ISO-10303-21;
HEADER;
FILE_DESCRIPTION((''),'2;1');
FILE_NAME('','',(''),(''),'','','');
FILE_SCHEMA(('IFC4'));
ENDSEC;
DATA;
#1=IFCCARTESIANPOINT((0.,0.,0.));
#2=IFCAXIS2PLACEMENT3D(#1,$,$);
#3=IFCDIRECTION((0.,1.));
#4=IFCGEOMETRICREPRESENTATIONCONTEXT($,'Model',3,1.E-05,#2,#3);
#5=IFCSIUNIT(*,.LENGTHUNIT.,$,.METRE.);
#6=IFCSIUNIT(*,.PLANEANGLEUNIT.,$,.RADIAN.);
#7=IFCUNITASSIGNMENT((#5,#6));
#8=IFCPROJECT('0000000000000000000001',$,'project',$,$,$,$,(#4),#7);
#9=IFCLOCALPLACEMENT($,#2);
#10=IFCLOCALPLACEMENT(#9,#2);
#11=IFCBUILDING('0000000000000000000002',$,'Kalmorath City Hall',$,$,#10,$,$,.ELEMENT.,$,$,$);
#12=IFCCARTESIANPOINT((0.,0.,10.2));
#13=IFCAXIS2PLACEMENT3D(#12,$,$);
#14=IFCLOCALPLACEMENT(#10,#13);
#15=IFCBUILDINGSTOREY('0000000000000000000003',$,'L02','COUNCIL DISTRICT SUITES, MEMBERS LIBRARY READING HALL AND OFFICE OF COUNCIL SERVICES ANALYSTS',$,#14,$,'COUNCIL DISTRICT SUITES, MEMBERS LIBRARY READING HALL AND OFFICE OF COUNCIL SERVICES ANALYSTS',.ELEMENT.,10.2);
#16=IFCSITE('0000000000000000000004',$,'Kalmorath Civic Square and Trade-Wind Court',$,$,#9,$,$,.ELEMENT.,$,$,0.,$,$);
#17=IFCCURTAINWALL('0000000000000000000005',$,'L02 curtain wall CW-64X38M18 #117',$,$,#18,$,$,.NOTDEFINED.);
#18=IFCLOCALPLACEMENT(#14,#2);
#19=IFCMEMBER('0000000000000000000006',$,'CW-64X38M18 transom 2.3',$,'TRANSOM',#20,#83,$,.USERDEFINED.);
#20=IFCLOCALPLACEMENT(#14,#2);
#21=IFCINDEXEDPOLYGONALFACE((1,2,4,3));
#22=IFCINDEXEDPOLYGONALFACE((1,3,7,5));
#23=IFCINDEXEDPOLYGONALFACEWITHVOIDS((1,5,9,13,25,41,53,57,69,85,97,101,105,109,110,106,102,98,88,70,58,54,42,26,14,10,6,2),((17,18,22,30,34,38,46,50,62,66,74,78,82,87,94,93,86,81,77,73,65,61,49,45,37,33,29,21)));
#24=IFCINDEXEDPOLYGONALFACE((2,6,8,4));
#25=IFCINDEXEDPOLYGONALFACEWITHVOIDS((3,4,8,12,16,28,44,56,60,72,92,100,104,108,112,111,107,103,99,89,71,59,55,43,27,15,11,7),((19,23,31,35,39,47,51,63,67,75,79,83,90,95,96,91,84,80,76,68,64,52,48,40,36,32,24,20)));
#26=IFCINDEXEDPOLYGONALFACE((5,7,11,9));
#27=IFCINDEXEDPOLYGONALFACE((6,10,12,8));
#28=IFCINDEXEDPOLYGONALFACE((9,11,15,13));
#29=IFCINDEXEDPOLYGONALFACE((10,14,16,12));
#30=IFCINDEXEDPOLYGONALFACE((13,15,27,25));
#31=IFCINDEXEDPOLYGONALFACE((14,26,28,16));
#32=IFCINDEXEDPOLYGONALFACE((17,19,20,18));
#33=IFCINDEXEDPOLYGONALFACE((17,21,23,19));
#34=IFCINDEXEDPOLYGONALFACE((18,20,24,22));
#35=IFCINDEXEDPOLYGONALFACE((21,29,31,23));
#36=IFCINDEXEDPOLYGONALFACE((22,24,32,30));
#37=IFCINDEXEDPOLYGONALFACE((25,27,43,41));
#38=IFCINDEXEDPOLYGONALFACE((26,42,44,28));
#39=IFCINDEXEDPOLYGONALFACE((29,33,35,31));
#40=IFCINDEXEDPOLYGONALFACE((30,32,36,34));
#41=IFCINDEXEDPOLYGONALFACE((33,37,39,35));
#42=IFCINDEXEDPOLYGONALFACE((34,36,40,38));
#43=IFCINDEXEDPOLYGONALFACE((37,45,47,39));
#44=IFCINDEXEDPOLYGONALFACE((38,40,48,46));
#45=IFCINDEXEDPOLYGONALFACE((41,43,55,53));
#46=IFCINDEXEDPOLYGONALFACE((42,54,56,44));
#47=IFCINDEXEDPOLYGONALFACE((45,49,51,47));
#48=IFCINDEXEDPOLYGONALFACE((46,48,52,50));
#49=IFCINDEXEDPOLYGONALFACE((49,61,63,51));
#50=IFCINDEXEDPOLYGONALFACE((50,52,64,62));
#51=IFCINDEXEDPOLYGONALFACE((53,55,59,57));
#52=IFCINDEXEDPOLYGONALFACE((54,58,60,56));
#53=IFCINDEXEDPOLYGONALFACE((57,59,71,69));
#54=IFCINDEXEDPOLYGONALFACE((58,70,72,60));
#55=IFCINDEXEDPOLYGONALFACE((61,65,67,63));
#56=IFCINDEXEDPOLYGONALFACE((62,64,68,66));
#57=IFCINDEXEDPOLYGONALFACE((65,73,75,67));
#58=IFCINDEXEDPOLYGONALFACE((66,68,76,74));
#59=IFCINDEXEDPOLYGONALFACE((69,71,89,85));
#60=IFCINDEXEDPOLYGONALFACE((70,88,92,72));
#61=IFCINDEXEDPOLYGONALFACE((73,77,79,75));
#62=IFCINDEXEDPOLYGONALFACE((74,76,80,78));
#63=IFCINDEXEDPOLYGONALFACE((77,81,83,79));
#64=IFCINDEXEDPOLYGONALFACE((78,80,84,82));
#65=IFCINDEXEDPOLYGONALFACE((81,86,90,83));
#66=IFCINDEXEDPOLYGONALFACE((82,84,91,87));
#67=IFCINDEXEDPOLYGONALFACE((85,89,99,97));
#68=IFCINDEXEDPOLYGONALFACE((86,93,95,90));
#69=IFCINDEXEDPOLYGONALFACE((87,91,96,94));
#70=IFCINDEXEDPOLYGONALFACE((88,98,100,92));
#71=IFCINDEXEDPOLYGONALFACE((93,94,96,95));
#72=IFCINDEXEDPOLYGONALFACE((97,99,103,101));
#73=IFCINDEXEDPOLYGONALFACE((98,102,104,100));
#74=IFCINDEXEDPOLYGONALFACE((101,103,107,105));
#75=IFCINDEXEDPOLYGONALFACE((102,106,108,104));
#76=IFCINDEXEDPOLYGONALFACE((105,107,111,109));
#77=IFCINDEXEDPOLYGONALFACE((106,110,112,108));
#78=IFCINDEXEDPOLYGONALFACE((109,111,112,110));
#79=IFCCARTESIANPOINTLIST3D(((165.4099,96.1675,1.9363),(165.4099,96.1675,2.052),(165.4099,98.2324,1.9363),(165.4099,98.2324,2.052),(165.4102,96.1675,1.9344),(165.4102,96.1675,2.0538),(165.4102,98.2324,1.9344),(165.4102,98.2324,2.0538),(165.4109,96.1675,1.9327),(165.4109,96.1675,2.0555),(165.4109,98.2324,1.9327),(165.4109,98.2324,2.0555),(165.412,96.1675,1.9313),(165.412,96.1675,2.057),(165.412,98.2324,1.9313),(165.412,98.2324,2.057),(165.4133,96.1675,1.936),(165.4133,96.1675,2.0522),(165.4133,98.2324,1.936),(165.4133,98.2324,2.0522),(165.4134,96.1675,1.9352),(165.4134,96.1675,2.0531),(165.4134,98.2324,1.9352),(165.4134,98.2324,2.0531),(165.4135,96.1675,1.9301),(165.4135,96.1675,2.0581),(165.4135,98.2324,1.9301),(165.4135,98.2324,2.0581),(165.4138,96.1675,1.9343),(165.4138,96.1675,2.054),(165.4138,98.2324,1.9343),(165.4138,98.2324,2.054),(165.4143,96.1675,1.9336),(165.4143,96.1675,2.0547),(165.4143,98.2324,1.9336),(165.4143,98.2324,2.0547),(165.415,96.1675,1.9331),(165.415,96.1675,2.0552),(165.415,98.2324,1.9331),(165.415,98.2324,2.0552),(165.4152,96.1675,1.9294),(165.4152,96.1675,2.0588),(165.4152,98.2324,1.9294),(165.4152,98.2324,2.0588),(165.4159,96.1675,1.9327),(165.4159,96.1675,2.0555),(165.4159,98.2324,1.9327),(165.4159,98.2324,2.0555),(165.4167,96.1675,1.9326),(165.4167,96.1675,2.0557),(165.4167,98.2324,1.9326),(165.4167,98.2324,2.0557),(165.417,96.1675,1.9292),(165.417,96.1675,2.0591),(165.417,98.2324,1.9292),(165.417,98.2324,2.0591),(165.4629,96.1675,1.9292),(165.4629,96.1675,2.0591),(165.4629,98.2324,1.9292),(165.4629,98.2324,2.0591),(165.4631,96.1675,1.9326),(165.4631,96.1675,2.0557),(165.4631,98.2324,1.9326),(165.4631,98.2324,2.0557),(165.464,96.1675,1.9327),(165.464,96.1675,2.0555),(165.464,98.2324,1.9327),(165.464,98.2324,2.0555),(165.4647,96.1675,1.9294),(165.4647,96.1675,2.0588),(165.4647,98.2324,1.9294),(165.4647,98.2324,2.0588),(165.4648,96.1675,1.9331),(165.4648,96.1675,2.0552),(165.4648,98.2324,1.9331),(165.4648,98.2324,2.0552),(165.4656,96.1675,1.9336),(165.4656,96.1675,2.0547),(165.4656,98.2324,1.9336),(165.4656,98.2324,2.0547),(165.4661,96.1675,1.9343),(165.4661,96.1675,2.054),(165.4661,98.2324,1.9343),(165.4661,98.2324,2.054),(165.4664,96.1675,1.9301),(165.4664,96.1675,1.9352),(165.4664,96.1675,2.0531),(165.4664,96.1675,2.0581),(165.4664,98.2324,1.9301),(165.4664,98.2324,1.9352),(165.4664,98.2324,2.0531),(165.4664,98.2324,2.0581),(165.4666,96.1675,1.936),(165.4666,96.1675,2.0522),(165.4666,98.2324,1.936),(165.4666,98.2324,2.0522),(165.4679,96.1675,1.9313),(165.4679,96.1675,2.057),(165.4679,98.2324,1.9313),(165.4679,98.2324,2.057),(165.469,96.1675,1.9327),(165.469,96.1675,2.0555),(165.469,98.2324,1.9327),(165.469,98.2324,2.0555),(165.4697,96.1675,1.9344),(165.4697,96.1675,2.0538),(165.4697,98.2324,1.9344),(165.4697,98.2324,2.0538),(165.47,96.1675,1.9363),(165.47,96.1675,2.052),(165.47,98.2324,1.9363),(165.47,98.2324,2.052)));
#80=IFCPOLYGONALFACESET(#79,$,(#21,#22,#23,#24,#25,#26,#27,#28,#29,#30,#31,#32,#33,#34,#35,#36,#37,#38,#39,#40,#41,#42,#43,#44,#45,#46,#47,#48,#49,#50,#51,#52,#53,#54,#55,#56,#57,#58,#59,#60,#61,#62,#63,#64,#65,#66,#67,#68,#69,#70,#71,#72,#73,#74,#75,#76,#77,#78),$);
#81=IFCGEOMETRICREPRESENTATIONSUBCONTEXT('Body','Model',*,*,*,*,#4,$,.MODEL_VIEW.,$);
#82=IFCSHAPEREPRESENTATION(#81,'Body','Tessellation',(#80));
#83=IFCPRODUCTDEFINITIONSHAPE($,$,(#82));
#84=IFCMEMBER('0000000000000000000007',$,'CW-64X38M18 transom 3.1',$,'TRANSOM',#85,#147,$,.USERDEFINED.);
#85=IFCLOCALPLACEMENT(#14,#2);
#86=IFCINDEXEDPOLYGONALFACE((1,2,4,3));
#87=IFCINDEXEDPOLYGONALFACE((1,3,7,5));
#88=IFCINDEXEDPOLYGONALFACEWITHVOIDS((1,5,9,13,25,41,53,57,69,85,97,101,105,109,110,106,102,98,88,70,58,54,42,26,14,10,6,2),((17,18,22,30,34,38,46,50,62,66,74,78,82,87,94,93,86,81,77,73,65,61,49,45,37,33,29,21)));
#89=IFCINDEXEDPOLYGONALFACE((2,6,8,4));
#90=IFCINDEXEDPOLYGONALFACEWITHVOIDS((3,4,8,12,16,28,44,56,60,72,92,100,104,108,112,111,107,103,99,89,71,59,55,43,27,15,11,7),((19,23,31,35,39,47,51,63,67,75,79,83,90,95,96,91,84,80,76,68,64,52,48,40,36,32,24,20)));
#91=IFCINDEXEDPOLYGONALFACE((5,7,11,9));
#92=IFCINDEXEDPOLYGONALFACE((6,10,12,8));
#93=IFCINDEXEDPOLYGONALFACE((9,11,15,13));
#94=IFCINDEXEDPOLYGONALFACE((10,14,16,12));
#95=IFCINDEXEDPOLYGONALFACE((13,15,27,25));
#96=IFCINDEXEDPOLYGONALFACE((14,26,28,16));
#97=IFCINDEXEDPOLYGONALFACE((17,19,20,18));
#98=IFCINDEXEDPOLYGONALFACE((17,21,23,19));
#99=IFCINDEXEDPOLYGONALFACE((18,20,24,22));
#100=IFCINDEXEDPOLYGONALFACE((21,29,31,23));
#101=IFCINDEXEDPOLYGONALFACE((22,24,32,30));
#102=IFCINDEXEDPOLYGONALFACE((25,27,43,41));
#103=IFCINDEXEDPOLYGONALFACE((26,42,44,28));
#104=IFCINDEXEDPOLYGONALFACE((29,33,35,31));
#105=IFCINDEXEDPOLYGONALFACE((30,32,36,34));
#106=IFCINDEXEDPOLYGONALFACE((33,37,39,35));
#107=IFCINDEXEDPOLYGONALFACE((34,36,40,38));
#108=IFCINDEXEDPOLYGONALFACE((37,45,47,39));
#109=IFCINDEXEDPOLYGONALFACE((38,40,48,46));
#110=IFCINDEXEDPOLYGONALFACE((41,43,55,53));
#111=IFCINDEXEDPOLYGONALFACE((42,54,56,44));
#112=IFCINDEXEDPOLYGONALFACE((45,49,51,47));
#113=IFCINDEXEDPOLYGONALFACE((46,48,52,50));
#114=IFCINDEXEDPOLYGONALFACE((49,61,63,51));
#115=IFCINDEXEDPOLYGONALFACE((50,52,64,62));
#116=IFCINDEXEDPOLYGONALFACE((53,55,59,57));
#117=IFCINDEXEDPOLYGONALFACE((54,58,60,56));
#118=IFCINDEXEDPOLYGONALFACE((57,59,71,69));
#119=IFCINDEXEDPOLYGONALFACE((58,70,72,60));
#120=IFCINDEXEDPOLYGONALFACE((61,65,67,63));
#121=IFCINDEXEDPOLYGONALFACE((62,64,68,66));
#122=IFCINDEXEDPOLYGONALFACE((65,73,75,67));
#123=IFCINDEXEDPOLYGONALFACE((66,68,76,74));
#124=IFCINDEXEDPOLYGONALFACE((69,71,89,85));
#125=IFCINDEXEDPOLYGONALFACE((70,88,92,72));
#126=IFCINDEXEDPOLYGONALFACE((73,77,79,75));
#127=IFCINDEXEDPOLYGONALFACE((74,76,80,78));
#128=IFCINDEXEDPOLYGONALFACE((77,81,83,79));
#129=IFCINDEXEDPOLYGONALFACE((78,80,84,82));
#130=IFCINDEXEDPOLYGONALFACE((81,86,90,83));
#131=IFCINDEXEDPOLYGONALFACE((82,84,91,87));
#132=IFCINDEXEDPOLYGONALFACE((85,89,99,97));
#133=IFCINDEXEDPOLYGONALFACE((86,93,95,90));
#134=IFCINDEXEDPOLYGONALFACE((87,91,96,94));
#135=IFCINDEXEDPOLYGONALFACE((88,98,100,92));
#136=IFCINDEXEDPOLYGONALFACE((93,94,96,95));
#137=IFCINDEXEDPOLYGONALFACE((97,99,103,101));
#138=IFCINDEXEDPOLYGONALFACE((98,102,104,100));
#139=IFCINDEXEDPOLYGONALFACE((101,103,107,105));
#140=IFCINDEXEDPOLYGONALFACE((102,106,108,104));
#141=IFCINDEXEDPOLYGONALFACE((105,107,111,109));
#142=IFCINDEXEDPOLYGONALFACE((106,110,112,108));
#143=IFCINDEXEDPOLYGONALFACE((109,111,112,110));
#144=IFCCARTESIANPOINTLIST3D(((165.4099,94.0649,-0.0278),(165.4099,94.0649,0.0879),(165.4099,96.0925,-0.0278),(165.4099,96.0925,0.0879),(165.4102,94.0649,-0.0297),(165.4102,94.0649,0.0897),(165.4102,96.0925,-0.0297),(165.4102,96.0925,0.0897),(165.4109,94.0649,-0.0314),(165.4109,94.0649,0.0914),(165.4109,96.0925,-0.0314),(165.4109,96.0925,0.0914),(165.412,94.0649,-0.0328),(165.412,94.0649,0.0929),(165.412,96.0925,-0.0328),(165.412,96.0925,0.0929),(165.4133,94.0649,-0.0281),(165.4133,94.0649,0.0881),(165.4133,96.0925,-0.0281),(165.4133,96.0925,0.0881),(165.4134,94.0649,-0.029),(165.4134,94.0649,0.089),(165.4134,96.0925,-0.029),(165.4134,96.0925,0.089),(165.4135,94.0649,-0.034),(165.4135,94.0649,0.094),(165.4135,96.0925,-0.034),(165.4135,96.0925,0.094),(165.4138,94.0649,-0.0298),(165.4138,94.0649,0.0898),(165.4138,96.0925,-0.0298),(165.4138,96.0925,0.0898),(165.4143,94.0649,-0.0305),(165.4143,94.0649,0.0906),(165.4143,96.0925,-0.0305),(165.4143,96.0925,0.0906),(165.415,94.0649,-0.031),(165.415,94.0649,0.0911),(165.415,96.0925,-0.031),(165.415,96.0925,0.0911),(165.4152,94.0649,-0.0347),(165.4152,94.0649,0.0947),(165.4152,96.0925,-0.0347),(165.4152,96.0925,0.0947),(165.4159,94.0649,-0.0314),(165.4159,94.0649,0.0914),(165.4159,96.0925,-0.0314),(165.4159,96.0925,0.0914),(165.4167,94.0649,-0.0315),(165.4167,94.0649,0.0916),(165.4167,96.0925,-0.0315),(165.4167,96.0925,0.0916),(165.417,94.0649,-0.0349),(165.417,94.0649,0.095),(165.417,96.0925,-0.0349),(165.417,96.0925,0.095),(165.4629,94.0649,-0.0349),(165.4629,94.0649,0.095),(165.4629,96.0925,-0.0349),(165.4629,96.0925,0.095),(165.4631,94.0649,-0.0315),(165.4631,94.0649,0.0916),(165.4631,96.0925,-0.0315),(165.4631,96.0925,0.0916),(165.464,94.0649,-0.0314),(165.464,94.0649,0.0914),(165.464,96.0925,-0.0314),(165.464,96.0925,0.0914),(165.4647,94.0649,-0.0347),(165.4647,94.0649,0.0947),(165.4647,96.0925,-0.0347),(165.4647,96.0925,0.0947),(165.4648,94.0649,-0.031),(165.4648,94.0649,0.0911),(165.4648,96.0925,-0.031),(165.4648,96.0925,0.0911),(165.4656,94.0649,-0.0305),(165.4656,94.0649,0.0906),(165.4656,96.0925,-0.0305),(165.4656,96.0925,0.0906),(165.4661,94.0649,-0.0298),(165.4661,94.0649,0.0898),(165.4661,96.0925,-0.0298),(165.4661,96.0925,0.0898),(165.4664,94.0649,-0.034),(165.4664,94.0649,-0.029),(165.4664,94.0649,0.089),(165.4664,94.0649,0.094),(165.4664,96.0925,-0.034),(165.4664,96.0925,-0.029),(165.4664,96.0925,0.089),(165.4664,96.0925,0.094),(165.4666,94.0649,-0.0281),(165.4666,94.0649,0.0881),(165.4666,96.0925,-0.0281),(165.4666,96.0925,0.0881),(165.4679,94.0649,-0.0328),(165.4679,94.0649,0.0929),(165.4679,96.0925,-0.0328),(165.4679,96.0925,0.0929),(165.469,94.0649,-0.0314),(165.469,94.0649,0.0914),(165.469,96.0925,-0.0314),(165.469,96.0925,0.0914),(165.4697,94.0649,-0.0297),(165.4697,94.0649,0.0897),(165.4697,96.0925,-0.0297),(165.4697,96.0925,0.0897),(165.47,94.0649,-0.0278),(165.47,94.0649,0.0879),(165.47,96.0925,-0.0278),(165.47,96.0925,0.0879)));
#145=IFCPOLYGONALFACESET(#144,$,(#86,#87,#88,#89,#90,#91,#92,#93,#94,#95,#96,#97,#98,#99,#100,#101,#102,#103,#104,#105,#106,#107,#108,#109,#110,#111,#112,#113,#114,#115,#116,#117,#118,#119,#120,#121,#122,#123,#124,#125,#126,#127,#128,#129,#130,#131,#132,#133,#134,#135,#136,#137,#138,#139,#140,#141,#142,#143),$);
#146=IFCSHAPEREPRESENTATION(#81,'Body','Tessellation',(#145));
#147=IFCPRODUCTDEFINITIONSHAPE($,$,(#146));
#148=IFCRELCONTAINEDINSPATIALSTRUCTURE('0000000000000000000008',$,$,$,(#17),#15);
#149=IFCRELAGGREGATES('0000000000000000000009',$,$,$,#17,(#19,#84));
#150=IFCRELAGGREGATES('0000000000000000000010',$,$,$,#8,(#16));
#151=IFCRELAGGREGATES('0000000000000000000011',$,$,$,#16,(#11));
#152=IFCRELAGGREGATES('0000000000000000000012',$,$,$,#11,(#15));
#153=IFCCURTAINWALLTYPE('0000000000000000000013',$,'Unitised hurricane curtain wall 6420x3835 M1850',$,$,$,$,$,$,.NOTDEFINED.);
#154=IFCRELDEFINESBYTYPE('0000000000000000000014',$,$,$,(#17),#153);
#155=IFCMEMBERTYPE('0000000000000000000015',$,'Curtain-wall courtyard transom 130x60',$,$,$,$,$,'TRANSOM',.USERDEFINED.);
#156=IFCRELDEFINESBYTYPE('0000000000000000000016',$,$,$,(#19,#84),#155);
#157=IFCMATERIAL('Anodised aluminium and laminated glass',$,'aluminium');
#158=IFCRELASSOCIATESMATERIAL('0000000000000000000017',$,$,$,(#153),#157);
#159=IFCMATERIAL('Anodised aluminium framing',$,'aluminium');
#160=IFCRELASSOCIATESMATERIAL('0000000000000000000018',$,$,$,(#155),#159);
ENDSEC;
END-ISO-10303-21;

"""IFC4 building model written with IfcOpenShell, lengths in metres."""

from ifc_helpers import new_model, si_unit, direction, frame, origin, origin_2d, place, context, subcontext, project, spatial, hollow_rectangle, extrude, material, material_profile, profile_set, type_object, element, aggregate, save


model = new_model("IFC4")

# Units and contexts
model_context = context("Model", 3, precision=1e-05, world=origin(), true_north=direction((0.0, 1.0)))
body_context = subcontext(model_context, "Body", "Model", "MODEL_VIEW")
ifc_project = project(units=[si_unit("LENGTHUNIT", "METRE"), si_unit("PLANEANGLEUNIT", "RADIAN")], contexts=[model_context])

# Site, building, storey
site_placement = place(None, origin())
site = spatial("IfcSite", under=ifc_project, at=site_placement, Name="Kalmorath Civic Square and Trade-Wind Court", CompositionType="ELEMENT", RefElevation=0.0)
building_placement = place(site_placement, origin())
building = spatial("IfcBuilding", under=site, at=building_placement, Name="Kalmorath City Hall", CompositionType="ELEMENT")
storey_placement = place(building_placement, frame((0.0, 0.0, 10.2)))
storey = spatial("IfcBuildingStorey", under=building, at=storey_placement, Name="L02", Description="COUNCIL DISTRICT SUITES, MEMBERS LIBRARY READING HALL AND OFFICE OF COUNCIL SERVICES ANALYSTS", LongName="COUNCIL DISTRICT SUITES, MEMBERS LIBRARY READING HALL AND OFFICE OF COUNCIL SERVICES ANALYSTS", CompositionType="ELEMENT", Elevation=10.2)

# Curtain wall, members
ifc_material_1 = material(Name="Anodised aluminium and laminated glass", Category="aluminium")
curtain_wall_type = type_object("IfcCurtainWallType", Name="Unitised hurricane curtain wall 6420x3835 M1850", PredefinedType="NOTDEFINED", material=ifc_material_1)
curtain_wall_placement = place(storey_placement, origin())
curtain_wall = element("IfcCurtainWall", 1, at=curtain_wall_placement, inside=storey, type_object=curtain_wall_type, Name="L02 curtain wall CW-64X38M18 #117", PredefinedType="NOTDEFINED")
ifc_material_2 = material(Name="Anodised aluminium framing", Category="aluminium")
ifc_material_profile_1 = material_profile(ifc_material_2, hollow_rectangle(XDim=0.0601, YDim=0.1299, WallThickness=0.0034, InnerFilletRadius=0.0034, OuterFilletRadius=0.0071, at=origin_2d()), Name="ALU-TRN-130X60X3.5")
ifc_profile_set_1 = profile_set([ifc_material_profile_1], Name="Anodised aluminium framing")
member_type_1 = type_object("IfcMemberType", Name="Curtain-wall courtyard transom 130x60", ElementType="TRANSOM", PredefinedType="USERDEFINED", material=ifc_profile_set_1)
member_1_placement = place(storey_placement, frame((165.4399, 98.2324, 1.9941), z_axis=(0.0, -1.0, 0.0), x_axis=(1.0, 0.0, 0.0)))
member_1 = element("IfcMember", 2, at=member_1_placement, type_object=member_type_1, Name="CW-64X38M18 transom 2.3", ObjectType="TRANSOM", PredefinedType="USERDEFINED", context=body_context, shape_type="SweptSolid", body=[
    extrude(hollow_rectangle(XDim=0.0601, YDim=0.1299, WallThickness=0.0034, InnerFilletRadius=0.0034, OuterFilletRadius=0.0071, at=origin_2d()), origin(), (0.0, 0.0, 1.0), 2.0649),
])
member_2_placement = place(storey_placement, frame((165.4399, 96.0925, 0.03), z_axis=(0.0, -1.0, 0.0), x_axis=(1.0, 0.0, 0.0)))
member_2 = element("IfcMember", 3, at=member_2_placement, type_object=member_type_1, Name="CW-64X38M18 transom 3.1", ObjectType="TRANSOM", PredefinedType="USERDEFINED", context=body_context, shape_type="SweptSolid", body=[
    extrude(hollow_rectangle(XDim=0.0601, YDim=0.1299, WallThickness=0.0034, InnerFilletRadius=0.0034, OuterFilletRadius=0.0071, at=origin_2d()), origin(), (0.0, 0.0, 1.0), 2.0276),
])

aggregate(curtain_wall, [member_1, member_2])

save(model, "model.ifc")
